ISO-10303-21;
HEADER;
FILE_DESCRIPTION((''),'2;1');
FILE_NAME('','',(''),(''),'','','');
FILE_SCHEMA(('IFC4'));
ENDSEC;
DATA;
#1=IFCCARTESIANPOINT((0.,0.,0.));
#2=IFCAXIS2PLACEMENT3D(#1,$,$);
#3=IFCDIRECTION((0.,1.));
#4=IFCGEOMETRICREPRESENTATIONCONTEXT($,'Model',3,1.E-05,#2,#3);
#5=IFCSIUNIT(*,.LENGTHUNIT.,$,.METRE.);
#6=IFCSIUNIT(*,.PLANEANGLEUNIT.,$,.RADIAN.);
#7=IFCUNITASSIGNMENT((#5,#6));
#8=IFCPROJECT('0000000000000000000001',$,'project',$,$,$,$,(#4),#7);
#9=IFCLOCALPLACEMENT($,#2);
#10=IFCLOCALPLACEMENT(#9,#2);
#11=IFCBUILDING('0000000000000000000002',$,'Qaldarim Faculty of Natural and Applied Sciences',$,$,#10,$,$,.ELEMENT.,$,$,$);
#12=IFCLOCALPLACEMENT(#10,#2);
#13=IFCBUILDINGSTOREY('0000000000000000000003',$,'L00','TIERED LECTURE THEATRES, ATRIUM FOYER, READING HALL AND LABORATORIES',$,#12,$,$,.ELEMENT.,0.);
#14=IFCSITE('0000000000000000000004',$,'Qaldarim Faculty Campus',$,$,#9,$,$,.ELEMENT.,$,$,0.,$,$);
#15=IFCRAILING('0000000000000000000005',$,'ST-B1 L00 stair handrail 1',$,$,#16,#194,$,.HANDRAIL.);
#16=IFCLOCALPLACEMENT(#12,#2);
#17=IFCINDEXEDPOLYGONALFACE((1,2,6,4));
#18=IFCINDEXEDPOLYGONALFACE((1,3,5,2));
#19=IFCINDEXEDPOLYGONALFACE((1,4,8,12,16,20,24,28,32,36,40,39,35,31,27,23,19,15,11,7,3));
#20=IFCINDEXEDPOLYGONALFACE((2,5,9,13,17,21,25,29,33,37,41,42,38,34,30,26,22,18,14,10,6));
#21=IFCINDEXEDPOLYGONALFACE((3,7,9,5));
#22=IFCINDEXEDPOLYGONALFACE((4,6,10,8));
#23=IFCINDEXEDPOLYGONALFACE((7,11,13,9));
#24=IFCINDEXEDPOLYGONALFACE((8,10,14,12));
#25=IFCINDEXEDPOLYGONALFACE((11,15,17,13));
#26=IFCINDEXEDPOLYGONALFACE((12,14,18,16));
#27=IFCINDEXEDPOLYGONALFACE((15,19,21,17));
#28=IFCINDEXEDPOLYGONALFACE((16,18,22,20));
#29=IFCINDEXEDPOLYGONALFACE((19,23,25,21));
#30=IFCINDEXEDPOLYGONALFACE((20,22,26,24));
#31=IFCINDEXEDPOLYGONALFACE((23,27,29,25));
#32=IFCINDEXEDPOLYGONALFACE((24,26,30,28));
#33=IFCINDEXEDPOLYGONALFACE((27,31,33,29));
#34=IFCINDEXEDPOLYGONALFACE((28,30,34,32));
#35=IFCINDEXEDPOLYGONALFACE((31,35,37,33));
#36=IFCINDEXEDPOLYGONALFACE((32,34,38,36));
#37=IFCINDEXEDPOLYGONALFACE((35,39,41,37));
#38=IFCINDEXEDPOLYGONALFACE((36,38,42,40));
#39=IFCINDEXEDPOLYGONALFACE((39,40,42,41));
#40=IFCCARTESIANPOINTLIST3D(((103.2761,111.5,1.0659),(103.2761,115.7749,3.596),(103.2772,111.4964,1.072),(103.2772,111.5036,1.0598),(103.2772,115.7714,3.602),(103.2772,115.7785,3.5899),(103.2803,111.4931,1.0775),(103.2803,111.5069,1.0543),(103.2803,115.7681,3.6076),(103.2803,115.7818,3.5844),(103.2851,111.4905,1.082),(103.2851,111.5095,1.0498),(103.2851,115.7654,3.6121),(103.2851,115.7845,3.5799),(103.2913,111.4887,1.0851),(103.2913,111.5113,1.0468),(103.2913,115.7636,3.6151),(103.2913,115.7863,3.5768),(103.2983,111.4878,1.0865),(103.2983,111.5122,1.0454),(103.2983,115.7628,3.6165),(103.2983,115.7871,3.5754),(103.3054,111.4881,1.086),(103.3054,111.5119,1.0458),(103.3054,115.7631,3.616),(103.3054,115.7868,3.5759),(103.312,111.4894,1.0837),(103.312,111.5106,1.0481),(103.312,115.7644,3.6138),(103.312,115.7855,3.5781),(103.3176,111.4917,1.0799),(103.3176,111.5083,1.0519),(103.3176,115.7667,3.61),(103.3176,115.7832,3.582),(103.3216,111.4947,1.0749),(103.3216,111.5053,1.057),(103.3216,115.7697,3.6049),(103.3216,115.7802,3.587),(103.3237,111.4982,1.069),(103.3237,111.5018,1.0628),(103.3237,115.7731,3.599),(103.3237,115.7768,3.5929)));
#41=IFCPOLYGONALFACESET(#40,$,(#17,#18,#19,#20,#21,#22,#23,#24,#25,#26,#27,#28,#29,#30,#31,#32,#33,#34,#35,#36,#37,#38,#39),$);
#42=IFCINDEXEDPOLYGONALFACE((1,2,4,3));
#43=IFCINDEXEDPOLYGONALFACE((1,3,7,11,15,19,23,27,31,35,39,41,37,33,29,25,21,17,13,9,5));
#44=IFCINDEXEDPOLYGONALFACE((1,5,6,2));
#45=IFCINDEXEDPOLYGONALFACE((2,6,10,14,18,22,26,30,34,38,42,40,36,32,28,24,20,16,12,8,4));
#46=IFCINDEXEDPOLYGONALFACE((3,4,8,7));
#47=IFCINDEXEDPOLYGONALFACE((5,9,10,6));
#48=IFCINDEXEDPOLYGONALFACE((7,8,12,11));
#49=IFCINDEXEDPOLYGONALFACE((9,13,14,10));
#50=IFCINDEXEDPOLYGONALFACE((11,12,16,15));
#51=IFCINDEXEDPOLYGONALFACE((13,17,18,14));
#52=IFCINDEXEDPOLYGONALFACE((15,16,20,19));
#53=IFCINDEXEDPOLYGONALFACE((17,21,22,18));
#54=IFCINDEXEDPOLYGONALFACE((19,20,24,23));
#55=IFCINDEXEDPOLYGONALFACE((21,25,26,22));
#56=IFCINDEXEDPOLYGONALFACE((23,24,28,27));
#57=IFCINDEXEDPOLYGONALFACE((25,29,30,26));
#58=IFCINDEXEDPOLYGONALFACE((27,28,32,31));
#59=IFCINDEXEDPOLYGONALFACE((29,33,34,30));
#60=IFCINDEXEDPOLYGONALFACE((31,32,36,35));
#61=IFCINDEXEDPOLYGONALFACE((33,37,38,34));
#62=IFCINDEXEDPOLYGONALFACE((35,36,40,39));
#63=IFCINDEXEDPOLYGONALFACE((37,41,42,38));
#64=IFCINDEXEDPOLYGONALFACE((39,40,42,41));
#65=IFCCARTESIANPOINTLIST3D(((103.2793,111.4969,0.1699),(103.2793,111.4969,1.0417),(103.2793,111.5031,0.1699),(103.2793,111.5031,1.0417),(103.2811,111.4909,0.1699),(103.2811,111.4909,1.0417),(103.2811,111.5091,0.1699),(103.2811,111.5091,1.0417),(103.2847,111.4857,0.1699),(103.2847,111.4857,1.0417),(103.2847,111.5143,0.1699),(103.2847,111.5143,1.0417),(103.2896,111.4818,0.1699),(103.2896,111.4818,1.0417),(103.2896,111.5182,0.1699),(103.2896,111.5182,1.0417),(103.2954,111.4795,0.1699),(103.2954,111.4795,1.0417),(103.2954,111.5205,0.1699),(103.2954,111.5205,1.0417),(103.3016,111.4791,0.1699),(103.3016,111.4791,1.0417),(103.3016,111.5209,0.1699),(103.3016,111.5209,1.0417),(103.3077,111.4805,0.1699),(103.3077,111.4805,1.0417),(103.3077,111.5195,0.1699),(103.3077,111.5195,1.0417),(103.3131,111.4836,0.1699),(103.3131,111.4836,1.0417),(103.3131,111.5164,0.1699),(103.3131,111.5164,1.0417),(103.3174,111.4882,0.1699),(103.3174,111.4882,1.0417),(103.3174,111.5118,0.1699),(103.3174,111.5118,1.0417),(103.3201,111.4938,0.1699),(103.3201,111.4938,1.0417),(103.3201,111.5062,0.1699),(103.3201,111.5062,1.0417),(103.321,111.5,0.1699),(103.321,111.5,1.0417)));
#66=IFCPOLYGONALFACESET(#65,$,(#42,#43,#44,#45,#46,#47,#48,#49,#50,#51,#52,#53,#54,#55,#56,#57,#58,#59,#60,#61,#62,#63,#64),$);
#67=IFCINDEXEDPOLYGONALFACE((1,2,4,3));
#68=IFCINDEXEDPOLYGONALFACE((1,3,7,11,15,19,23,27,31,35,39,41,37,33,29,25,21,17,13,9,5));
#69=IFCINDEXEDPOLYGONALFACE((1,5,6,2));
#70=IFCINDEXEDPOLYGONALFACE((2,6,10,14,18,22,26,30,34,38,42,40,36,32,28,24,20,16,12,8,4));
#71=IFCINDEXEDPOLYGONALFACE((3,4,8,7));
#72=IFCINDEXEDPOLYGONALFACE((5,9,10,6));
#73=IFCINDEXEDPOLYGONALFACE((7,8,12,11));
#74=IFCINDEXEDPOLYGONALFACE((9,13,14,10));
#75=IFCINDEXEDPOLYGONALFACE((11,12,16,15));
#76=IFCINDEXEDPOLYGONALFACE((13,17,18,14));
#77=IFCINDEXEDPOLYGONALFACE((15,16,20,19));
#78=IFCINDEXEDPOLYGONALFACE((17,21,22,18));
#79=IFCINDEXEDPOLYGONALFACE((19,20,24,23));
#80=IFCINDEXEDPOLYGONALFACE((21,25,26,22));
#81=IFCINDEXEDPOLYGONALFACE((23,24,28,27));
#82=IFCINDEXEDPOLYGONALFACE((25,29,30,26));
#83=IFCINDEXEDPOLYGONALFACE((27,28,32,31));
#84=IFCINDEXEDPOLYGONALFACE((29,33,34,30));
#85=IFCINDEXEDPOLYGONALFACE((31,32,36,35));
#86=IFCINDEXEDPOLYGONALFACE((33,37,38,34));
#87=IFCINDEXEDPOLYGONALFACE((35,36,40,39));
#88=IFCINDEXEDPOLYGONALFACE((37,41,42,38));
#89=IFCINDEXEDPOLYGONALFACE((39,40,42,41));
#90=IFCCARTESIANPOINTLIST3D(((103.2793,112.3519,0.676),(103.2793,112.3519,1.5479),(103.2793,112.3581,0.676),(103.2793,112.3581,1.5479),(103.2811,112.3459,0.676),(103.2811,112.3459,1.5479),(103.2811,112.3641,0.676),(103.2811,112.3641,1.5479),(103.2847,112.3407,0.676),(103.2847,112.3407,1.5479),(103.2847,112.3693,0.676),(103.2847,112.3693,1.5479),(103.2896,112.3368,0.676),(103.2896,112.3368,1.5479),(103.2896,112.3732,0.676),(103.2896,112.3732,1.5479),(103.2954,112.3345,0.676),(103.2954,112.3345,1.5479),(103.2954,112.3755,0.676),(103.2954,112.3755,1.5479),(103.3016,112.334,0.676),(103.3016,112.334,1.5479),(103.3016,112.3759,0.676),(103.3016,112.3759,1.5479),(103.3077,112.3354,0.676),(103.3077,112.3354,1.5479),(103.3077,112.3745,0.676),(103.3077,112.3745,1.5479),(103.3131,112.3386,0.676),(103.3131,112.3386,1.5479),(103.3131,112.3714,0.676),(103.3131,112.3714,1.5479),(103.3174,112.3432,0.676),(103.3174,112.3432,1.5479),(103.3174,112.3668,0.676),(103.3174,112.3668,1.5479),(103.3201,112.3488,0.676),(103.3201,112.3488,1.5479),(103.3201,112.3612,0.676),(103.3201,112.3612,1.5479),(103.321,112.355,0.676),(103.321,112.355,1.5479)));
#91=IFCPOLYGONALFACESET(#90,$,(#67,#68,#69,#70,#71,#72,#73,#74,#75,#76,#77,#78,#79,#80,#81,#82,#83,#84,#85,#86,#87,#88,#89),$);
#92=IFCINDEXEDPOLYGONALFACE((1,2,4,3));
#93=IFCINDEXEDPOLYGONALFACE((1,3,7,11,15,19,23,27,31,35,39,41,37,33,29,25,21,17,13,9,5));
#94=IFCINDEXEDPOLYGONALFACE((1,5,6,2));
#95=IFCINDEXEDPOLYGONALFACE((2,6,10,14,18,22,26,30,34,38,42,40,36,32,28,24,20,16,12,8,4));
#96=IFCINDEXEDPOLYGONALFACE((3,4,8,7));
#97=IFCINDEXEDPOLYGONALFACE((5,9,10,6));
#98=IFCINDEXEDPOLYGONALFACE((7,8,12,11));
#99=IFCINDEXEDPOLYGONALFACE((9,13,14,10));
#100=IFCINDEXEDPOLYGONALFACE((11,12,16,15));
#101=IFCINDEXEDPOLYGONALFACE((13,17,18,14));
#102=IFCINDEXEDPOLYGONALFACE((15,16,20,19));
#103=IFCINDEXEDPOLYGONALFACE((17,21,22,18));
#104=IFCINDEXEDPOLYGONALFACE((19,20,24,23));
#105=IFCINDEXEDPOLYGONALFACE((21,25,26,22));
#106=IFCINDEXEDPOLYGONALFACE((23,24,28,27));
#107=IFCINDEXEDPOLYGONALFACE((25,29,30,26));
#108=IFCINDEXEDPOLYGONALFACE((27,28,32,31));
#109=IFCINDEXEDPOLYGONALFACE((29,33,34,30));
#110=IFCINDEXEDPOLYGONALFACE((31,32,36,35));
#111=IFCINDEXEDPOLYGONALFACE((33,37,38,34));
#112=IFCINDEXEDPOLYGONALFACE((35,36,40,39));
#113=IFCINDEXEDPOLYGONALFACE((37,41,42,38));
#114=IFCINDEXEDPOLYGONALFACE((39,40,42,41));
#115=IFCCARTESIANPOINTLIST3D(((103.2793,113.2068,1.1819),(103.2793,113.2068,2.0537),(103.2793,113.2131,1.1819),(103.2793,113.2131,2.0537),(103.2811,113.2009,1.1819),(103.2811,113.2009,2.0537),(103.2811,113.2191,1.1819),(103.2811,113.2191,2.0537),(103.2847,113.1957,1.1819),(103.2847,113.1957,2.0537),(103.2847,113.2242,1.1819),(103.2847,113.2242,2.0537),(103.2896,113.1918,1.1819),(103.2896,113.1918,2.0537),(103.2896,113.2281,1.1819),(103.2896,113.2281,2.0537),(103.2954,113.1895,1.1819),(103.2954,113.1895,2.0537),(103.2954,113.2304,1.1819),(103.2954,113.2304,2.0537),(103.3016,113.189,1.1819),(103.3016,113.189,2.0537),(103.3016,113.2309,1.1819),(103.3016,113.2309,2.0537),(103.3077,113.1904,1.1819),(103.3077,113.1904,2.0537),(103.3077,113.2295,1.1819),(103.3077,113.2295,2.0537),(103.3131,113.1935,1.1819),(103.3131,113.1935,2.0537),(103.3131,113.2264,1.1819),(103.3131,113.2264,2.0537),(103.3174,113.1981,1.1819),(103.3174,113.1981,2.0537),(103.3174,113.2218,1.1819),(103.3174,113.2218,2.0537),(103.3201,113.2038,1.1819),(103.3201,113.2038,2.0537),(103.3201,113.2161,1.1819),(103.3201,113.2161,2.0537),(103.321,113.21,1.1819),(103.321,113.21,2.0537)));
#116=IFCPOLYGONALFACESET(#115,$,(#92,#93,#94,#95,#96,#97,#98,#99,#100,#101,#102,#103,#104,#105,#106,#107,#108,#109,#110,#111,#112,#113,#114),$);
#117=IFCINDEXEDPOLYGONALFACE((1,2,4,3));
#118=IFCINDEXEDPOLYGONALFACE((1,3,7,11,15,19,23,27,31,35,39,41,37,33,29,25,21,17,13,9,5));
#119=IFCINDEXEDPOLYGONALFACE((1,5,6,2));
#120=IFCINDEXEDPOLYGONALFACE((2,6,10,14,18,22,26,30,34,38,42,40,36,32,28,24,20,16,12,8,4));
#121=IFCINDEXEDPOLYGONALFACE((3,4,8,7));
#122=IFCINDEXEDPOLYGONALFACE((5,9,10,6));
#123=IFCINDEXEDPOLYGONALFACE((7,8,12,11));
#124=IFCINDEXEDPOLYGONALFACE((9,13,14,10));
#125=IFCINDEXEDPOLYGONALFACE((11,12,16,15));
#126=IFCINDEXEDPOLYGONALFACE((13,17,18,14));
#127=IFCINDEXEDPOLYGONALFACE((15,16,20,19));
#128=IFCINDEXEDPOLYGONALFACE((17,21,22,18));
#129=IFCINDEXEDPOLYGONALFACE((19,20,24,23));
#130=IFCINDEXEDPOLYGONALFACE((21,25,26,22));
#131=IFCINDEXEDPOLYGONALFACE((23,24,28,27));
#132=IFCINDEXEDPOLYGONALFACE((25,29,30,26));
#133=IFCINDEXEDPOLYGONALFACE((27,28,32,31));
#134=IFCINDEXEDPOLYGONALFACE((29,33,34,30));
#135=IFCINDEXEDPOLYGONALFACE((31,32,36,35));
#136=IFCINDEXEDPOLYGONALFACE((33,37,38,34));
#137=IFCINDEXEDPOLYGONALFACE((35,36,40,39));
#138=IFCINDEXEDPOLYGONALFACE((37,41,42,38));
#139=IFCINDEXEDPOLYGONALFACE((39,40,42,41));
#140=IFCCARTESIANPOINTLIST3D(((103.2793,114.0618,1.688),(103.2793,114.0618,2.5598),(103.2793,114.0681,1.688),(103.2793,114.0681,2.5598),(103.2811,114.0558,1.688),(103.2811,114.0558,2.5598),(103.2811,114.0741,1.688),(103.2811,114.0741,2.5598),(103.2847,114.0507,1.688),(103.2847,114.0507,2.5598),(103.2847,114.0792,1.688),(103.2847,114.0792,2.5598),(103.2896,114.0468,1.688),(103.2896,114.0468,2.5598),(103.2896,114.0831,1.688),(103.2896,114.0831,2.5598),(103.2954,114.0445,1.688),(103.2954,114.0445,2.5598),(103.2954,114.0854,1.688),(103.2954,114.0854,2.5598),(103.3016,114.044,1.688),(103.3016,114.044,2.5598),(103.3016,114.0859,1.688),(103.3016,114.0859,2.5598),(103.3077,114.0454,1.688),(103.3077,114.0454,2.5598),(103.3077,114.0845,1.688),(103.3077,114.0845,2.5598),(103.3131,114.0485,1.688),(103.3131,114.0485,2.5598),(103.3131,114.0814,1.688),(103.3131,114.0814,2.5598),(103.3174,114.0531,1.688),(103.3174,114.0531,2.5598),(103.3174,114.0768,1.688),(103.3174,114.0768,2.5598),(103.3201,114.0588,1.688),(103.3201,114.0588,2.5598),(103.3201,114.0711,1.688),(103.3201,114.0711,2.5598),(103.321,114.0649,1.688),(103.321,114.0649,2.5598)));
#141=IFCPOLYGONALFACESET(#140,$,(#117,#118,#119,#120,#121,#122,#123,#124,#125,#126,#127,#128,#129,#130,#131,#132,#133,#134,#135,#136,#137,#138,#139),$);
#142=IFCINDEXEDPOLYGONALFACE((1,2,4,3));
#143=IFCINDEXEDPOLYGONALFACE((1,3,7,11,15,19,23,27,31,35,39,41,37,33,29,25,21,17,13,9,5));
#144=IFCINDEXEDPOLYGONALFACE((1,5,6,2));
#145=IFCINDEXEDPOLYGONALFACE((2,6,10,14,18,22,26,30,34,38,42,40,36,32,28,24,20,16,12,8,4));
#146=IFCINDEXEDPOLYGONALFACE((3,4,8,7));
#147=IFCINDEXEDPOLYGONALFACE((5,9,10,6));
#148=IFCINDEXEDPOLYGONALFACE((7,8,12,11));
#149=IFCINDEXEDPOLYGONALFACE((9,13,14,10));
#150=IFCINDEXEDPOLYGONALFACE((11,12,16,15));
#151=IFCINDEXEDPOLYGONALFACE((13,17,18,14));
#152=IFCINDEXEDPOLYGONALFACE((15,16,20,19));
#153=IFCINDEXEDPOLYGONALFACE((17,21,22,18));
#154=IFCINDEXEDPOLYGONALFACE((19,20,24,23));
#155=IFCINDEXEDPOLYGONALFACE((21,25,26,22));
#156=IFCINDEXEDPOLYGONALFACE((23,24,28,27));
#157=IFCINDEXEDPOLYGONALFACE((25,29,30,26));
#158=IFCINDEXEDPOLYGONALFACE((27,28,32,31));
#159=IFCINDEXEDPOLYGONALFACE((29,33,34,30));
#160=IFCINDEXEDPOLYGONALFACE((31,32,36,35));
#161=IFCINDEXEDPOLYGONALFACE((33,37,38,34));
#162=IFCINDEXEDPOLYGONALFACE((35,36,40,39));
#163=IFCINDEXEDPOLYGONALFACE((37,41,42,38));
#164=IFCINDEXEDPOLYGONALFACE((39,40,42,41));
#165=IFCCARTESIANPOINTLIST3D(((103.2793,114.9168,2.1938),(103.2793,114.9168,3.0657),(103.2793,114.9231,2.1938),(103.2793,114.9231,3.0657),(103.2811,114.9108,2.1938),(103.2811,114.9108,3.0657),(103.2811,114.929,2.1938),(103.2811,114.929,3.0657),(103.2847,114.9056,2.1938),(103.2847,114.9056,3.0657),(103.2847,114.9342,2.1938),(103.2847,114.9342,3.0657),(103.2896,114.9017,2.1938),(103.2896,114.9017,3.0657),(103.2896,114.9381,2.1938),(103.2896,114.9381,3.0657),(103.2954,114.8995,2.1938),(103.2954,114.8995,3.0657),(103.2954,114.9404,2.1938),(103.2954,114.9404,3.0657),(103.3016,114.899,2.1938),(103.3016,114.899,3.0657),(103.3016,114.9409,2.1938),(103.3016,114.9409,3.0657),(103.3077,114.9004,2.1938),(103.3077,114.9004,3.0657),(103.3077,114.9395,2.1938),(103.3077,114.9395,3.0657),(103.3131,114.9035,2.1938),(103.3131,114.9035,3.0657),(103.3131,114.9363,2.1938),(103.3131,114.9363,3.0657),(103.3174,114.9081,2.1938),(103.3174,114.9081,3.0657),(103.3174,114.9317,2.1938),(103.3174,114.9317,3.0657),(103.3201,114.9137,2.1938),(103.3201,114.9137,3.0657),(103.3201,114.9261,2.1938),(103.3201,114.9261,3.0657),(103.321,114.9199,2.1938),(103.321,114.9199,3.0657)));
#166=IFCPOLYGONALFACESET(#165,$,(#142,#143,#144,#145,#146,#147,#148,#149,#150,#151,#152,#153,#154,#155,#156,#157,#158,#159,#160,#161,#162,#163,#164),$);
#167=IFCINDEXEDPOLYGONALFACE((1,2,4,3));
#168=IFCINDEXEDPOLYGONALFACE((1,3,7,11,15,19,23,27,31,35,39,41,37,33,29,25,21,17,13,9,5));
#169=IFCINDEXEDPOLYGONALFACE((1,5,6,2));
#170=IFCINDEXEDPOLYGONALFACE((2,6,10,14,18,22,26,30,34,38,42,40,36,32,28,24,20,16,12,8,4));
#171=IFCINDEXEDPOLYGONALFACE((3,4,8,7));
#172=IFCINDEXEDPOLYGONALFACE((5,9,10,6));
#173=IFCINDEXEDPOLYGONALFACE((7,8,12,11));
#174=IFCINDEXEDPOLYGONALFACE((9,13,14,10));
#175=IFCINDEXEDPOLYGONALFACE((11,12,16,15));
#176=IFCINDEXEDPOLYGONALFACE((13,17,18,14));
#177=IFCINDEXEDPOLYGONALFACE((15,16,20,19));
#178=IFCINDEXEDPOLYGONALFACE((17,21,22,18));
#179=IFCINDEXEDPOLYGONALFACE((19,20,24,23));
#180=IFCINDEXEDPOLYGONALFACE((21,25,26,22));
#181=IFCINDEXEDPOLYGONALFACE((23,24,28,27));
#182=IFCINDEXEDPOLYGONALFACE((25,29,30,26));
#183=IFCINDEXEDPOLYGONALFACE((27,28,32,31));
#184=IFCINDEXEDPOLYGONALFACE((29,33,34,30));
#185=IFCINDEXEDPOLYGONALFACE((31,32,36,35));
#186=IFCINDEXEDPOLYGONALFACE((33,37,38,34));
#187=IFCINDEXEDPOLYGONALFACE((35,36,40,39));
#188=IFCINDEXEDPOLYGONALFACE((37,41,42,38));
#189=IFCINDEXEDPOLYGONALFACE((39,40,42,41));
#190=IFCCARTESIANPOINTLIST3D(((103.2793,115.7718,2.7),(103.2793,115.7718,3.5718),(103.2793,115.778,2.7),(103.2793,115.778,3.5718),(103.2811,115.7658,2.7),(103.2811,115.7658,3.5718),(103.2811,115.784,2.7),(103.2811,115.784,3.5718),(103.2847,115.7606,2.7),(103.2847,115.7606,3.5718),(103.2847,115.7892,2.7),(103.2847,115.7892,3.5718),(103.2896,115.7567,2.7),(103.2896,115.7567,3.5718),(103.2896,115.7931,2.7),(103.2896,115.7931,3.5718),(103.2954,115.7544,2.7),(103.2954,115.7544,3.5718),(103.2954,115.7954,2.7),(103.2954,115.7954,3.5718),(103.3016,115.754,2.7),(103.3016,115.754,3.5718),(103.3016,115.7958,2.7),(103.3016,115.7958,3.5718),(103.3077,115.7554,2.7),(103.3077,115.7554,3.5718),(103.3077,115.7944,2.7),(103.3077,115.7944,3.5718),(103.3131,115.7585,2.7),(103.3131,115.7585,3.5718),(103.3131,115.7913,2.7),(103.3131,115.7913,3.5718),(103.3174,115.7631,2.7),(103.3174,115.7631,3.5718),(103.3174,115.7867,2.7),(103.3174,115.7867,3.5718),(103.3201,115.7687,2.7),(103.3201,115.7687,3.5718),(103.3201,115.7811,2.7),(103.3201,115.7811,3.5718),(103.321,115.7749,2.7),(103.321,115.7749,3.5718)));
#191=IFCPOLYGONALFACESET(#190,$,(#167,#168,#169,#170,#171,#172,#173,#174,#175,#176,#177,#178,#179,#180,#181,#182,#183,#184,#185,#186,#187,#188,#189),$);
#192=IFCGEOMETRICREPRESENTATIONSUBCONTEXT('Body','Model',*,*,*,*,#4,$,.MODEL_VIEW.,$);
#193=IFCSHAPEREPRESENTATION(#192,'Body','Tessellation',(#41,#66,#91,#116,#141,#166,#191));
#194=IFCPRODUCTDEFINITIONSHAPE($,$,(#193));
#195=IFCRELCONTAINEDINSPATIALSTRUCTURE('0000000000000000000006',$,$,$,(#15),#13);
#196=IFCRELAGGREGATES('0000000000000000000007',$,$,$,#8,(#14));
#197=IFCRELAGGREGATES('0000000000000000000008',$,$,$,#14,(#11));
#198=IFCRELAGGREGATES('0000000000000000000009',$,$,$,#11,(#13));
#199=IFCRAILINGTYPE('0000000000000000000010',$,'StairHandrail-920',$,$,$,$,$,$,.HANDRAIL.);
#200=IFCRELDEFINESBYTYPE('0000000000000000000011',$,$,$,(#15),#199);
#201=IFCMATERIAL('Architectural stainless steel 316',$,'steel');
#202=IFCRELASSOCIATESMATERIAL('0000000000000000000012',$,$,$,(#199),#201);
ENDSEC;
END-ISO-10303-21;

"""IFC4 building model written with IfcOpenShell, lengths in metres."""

from ifc_helpers import new_model, si_unit, direction, frame, origin, origin_2d, place, context, subcontext, project, spatial, circle, extrude, material, type_object, element, save


model = new_model("IFC4")

# Units and contexts
model_context = context("Model", 3, precision=1e-05, world=origin(), true_north=direction((0.0, 1.0)))
body_context = subcontext(model_context, "Body", "Model", "MODEL_VIEW")
ifc_project = project(units=[si_unit("LENGTHUNIT", "METRE"), si_unit("PLANEANGLEUNIT", "RADIAN")], contexts=[model_context])

# Site, building, storey
site_placement = place(None, origin())
site = spatial("IfcSite", under=ifc_project, at=site_placement, Name="Qaldarim Faculty Campus", CompositionType="ELEMENT", RefElevation=0.0)
building_placement = place(site_placement, origin())
building = spatial("IfcBuilding", under=site, at=building_placement, Name="Qaldarim Faculty of Natural and Applied Sciences", CompositionType="ELEMENT")
storey_placement = place(building_placement, origin())
storey = spatial("IfcBuildingStorey", under=building, at=storey_placement, Name="L00", Description="TIERED LECTURE THEATRES, ATRIUM FOYER, READING HALL AND LABORATORIES", CompositionType="ELEMENT", Elevation=0.0)

# Shared definitions
ifc_material_1 = material(Name="Architectural stainless steel 316", Category="steel")

# Railing
railing_type_1 = type_object("IfcRailingType", Name="StairHandrail-920", PredefinedType="HANDRAIL", material=ifc_material_1)
railing_1_placement = place(storey_placement, frame((103.3, 111.5, 0.1699)))
element("IfcRailing", 1, at=railing_1_placement, inside=storey, type_object=railing_type_1, Name="ST-B1 L00 stair handrail 1", PredefinedType="HANDRAIL", context=body_context, shape_type="SweptSolid", body=[
    extrude(circle(Radius=0.0239, at=origin_2d()), frame((0.0, 0.0, 0.896), z_axis=(0.0, 0.860578, 0.509319), x_axis=(-1.0, 0.0, 0.0)), (0.0, 0.0, 1.0), 4.9675),
    extrude(circle(Radius=0.021, at=origin_2d()), origin(), (0.0, 0.0, 1.0), 0.8718),
    extrude(circle(Radius=0.021, at=origin_2d()), frame((0.0, 0.855, 0.5061)), (0.0, 0.0, 1.0), 0.8718),
    extrude(circle(Radius=0.021, at=origin_2d()), frame((0.0, 1.71, 1.012)), (0.0, 0.0, 1.0), 0.8718),
    extrude(circle(Radius=0.021, at=origin_2d()), frame((0.0, 2.5649, 1.5181)), (0.0, 0.0, 1.0), 0.8718),
    extrude(circle(Radius=0.021, at=origin_2d()), frame((0.0, 3.4199, 2.0239)), (0.0, 0.0, 1.0), 0.8718),
    extrude(circle(Radius=0.021, at=origin_2d()), frame((0.0, 4.2749, 2.53)), (0.0, 0.0, 1.0), 0.8718),
])

save(model, "model.ifc")
